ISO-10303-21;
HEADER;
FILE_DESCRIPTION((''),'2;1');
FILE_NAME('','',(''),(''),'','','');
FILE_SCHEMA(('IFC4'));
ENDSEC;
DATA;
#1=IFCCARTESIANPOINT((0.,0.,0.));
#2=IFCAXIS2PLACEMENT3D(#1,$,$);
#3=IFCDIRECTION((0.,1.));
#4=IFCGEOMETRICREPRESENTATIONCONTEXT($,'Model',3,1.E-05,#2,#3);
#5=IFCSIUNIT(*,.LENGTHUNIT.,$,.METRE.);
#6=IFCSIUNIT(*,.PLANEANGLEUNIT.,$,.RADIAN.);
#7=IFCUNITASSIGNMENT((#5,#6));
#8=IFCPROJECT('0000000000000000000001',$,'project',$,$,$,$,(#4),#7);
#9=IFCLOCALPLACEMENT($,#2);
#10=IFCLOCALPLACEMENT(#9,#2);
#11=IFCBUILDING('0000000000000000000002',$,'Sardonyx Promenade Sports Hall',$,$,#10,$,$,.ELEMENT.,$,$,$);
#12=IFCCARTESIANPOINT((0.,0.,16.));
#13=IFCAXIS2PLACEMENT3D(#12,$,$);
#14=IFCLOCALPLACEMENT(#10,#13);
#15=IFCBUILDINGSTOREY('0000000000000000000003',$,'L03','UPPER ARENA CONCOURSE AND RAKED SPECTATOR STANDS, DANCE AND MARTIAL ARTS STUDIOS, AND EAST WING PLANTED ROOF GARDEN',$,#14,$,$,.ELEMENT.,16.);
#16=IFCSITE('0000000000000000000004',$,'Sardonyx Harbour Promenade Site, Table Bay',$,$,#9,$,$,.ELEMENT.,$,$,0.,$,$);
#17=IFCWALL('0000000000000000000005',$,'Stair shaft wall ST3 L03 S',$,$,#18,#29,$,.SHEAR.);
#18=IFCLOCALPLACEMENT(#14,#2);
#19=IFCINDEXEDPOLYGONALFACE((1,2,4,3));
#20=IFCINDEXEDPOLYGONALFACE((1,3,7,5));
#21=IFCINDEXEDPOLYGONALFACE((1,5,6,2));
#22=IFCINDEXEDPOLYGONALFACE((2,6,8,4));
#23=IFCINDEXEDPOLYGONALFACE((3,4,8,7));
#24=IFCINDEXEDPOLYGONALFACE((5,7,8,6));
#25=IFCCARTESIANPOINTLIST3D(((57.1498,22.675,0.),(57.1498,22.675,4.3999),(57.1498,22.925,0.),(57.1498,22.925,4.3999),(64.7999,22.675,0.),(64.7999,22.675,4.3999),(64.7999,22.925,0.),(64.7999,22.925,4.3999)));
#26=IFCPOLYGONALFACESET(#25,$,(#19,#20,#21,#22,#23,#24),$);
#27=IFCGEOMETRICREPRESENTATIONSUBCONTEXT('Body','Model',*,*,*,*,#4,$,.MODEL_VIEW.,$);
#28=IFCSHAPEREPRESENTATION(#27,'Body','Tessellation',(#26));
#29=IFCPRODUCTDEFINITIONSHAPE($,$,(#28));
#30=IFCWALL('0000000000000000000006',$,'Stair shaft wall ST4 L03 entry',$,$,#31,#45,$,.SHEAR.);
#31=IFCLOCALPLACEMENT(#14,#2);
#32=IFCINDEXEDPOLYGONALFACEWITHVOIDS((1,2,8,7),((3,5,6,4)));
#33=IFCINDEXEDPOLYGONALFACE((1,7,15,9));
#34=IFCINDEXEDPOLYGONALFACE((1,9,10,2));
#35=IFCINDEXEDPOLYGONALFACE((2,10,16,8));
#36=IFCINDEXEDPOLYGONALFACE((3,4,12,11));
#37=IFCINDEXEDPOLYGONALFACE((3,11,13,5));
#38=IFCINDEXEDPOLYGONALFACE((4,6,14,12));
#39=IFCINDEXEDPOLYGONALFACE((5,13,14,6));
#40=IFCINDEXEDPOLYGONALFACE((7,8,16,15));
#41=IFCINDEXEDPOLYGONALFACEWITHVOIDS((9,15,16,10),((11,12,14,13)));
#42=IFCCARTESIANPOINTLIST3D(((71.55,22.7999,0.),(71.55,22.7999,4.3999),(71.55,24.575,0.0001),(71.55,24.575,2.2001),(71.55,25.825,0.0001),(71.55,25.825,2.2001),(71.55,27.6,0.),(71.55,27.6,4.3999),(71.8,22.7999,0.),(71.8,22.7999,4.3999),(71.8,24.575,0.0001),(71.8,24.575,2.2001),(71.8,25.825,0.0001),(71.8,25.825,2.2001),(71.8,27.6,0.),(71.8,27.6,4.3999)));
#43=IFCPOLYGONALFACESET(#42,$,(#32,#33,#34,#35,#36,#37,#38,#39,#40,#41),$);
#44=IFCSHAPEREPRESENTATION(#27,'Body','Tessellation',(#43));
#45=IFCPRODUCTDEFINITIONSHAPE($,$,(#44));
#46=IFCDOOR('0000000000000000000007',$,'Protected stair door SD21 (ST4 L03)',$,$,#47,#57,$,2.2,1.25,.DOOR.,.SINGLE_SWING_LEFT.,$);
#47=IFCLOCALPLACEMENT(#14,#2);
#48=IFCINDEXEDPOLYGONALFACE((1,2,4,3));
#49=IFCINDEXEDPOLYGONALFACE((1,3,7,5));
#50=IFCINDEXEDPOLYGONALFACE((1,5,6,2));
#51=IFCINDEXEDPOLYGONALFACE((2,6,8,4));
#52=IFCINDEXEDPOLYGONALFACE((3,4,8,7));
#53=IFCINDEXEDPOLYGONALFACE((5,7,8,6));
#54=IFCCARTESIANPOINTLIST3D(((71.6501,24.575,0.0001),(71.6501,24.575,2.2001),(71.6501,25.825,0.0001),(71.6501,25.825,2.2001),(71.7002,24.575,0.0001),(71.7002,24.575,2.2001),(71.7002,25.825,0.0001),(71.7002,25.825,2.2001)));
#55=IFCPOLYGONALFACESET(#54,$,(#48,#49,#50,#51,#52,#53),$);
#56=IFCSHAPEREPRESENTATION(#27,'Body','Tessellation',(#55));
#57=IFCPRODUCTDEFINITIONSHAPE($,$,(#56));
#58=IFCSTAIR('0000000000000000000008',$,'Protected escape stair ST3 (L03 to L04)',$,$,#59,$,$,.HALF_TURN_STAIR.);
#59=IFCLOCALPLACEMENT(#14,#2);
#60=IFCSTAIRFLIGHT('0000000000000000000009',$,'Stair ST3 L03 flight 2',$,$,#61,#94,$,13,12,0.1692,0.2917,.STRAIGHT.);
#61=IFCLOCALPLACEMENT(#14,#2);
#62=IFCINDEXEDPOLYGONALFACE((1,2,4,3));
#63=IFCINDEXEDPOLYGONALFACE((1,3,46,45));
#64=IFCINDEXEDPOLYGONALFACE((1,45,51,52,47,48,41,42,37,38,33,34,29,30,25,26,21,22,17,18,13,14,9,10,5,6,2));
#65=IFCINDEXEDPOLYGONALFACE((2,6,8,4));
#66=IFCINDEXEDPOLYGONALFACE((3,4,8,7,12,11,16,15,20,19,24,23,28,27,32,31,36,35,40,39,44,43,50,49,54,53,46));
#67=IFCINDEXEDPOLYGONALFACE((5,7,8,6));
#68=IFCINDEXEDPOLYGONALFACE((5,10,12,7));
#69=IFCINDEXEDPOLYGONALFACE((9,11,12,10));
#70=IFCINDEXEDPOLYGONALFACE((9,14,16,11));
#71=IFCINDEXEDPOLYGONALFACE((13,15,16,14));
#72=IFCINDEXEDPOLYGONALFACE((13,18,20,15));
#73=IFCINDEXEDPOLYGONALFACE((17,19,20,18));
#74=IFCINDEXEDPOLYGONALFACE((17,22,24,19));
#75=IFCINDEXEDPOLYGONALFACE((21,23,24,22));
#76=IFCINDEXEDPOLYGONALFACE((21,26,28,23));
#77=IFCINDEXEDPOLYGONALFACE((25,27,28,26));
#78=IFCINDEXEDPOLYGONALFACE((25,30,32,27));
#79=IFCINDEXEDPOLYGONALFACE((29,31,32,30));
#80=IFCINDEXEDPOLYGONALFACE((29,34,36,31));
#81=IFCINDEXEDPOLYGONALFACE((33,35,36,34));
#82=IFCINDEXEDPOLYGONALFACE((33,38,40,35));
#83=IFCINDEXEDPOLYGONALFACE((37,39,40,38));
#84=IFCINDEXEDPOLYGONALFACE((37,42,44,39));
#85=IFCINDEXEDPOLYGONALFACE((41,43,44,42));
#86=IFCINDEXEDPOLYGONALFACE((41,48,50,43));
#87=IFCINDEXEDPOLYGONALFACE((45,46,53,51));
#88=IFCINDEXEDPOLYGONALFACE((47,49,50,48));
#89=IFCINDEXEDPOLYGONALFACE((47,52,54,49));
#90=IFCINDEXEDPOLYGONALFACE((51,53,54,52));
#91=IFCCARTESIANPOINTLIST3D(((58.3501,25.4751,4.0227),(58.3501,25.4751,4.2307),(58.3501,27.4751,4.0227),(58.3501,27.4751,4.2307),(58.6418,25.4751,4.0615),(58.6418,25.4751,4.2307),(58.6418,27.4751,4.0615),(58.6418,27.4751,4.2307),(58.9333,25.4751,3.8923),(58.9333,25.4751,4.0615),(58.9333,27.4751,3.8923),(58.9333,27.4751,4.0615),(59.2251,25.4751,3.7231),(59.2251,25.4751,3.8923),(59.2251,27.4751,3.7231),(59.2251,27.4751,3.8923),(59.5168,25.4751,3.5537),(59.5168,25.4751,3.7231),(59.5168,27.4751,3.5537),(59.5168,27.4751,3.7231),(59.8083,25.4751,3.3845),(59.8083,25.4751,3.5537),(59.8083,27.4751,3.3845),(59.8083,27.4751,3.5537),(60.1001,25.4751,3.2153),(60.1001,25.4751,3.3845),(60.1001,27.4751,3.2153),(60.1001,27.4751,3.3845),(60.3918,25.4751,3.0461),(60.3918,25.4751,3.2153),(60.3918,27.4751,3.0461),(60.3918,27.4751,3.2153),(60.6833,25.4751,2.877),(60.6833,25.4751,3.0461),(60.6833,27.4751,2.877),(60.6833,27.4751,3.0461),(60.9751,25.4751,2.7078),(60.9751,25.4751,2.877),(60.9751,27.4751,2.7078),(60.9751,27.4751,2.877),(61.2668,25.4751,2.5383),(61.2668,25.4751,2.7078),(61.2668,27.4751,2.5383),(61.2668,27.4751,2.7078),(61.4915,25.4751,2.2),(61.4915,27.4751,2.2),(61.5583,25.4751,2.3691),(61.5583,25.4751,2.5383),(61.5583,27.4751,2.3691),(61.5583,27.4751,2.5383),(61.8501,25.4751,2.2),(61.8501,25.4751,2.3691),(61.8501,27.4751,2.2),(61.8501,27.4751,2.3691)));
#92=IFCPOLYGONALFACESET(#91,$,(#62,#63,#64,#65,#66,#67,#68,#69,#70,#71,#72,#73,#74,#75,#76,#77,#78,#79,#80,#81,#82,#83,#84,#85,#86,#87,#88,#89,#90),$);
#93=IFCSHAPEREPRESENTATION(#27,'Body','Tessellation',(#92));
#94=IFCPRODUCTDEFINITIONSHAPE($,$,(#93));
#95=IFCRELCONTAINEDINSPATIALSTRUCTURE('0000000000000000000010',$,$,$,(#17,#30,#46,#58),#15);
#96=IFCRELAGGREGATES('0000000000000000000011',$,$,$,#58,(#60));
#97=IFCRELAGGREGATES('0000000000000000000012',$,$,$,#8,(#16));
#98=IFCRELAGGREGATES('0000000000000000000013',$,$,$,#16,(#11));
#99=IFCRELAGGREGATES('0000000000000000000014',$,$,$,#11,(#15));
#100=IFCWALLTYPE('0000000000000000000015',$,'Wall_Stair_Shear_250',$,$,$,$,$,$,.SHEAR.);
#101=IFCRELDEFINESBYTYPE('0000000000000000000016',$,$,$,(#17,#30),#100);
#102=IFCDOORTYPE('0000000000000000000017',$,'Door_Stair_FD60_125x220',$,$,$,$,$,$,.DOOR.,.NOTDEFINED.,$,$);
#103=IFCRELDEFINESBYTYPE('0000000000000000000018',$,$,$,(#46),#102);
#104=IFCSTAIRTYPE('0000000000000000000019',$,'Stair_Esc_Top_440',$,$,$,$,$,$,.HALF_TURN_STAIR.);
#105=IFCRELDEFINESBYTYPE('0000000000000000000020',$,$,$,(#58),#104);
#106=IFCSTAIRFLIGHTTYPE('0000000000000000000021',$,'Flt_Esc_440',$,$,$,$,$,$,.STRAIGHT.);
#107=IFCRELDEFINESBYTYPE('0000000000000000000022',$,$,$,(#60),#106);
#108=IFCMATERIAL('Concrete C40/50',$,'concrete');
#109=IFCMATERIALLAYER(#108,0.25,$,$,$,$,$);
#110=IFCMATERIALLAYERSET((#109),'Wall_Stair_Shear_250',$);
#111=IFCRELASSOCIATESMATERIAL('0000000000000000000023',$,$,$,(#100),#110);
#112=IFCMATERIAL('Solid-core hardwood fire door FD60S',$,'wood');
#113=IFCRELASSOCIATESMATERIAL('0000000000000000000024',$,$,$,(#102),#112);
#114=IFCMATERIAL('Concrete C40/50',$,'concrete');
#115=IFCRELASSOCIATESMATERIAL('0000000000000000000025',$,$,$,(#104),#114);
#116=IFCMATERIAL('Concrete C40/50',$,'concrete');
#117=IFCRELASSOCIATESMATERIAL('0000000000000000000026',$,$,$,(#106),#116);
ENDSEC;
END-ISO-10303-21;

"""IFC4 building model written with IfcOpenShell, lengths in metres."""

from ifc_helpers import new_model, si_unit, direction, frame, frame_2d, origin, place, context, subcontext, project, spatial, polyline, rectangle, outline, extrude, material, layer, layer_set, type_object, element, fill, aggregate, save


model = new_model("IFC4")

# Units and contexts
model_context = context("Model", 3, precision=1e-05, world=origin(), true_north=direction((0.0, 1.0)))
body_context = subcontext(model_context, "Body", "Model", "MODEL_VIEW")
ifc_project = project(units=[si_unit("LENGTHUNIT", "METRE"), si_unit("PLANEANGLEUNIT", "RADIAN")], contexts=[model_context])

# Site, building, storey
site_placement = place(None, origin())
site = spatial("IfcSite", under=ifc_project, at=site_placement, Name="Sardonyx Harbour Promenade Site, Table Bay", CompositionType="ELEMENT", RefElevation=0.0)
building_placement = place(site_placement, origin())
building = spatial("IfcBuilding", under=site, at=building_placement, Name="Sardonyx Promenade Sports Hall", CompositionType="ELEMENT")
storey_placement = place(building_placement, frame((0.0, 0.0, 16.0)))
storey = spatial("IfcBuildingStorey", under=building, at=storey_placement, Name="L03", Description="UPPER ARENA CONCOURSE AND RAKED SPECTATOR STANDS, DANCE AND MARTIAL ARTS STUDIOS, AND EAST WING PLANTED ROOF GARDEN", CompositionType="ELEMENT", Elevation=16.0)

# Wall
ifc_material_1 = material(Name="Concrete C40/50", Category="concrete")
ifc_layer_1 = layer(ifc_material_1, 0.25)
ifc_layer_set_1 = layer_set([ifc_layer_1], Name="Wall_Stair_Shear_250")
wall_type_1 = type_object("IfcWallType", Name="Wall_Stair_Shear_250", PredefinedType="SHEAR", material=ifc_layer_set_1)
wall_1_placement = place(storey_placement, frame((64.8, 22.8, 0.0), z_axis=(0.0, 0.0, 1.0), x_axis=(-1.0, 0.0, 0.0)))
element("IfcWall", 1, at=wall_1_placement, inside=storey, type_object=wall_type_1, Name="Stair shaft wall ST3 L03 S", PredefinedType="SHEAR", context=body_context, shape_type="SweptSolid", body=[
    extrude(rectangle(XDim=7.6501, YDim=0.25, at=frame_2d((3.8252, 0.0))), origin(), (0.0, 0.0, 1.0), 4.3999),
])

# Wall, opening, door
wall_2_placement = place(storey_placement, frame((71.675, 22.8, 0.0), z_axis=(0.0, 0.0, 1.0), x_axis=(0.0, 1.0, 0.0)))
wall_2 = element("IfcWall", 2, at=wall_2_placement, inside=storey, type_object=wall_type_1, Name="Stair shaft wall ST4 L03 entry", PredefinedType="SHEAR", context=body_context, shape_type="SweptSolid", body=[
    extrude(rectangle(XDim=4.8, YDim=0.25, at=frame_2d((2.3999, 0.0))), origin(), (0.0, 0.0, 1.0), 4.3999),
])
opening_1_placement = place(wall_2_placement, frame((1.7749, 0.0, 0.0)))
opening_1 = element("IfcOpeningElement", 3, at=opening_1_placement, cuts=wall_2, PredefinedType="OPENING", context=body_context, shape_type="SweptSolid", body=[
    extrude(rectangle(XDim=1.25, YDim=2.2, at=frame_2d((0.625, 1.1001))), frame((0.0, 0.135, 0.0), z_axis=(0.0, -1.0, 0.0), x_axis=(1.0, 0.0, 0.0)), (0.0, 0.0, 1.0), 0.27),
])
ifc_material_2 = material(Name="Solid-core hardwood fire door FD60S", Category="wood")
door_type_1 = type_object("IfcDoorType", Name="Door_Stair_FD60_125x220", OperationType="NOTDEFINED", PredefinedType="DOOR", material=ifc_material_2)
door_1_placement = place(opening_1_placement, origin())
door_1 = element("IfcDoor", 4, at=door_1_placement, inside=storey, type_object=door_type_1, Name="Protected stair door SD21 (ST4 L03)", OperationType="SINGLE_SWING_LEFT", OverallHeight=2.2, OverallWidth=1.25, PredefinedType="DOOR", context=body_context, shape_type="SweptSolid", body=[
    extrude(rectangle(XDim=1.25, YDim=2.2, at=frame_2d((0.625, 1.1001))), frame((0.0, 0.0249, 0.0), z_axis=(0.0, -1.0, 0.0), x_axis=(1.0, 0.0, 0.0)), (0.0, 0.0, 1.0), 0.05),
])
fill(opening_1, door_1)

# Stair, stair flight
ifc_material_3 = material(Name="Concrete C40/50", Category="concrete")
stair_type = type_object("IfcStairType", Name="Stair_Esc_Top_440", PredefinedType="HALF_TURN_STAIR", material=ifc_material_3)
stair_placement = place(storey_placement, origin())
stair = element("IfcStair", 5, at=stair_placement, inside=storey, type_object=stair_type, Name="Protected escape stair ST3 (L03 to L04)", PredefinedType="HALF_TURN_STAIR")
ifc_material_4 = material(Name="Concrete C40/50", Category="concrete")
stair_flight_type = type_object("IfcStairFlightType", Name="Flt_Esc_440", PredefinedType="STRAIGHT", material=ifc_material_4)
stair_flight_placement = place(storey_placement, frame((61.8501, 26.4751, 2.2), z_axis=(0.0, 0.0, 1.0), x_axis=(-1.0, 0.0, 0.0)))
stair_flight = element("IfcStairFlight", 6, at=stair_flight_placement, type_object=stair_flight_type, Name="Stair ST3 L03 flight 2", NumberOfRisers=13, NumberOfTreads=12, PredefinedType="STRAIGHT", RiserHeight=0.1692, TreadLength=0.2917, context=body_context, shape_type="SweptSolid", body=[
    extrude(outline(polyline([(0.0, 0.0), (0.0, 0.1692), (0.2917, 0.1692), (0.2917, 0.3384), (0.5833, 0.3384), (0.5833, 0.5078), (0.875, 0.5078), (0.875, 0.677), (1.1667, 0.677), (1.1667, 0.8462), (1.4583, 0.8462), (1.4583, 1.0154), (1.75, 1.0154), (1.75, 1.1846), (2.0417, 1.1846), (2.0417, 1.3538), (2.3333, 1.3538), (2.3333, 1.5232), (2.625, 1.5232), (2.625, 1.6924), (2.9167, 1.6924), (2.9167, 1.8616), (3.2083, 1.8616), (3.2083, 2.0308), (3.5, 2.0308), (3.5, 2.2), (3.5, 1.8228), (0.3586, 0.0), (0.0, 0.0)])), frame((0.0, 1.0, 0.0), z_axis=(0.0, -1.0, 0.0), x_axis=(1.0, 0.0, 0.0)), (0.0, 0.0, 1.0), 2.0),
])
aggregate(stair, [stair_flight])

save(model, "model.ifc")
